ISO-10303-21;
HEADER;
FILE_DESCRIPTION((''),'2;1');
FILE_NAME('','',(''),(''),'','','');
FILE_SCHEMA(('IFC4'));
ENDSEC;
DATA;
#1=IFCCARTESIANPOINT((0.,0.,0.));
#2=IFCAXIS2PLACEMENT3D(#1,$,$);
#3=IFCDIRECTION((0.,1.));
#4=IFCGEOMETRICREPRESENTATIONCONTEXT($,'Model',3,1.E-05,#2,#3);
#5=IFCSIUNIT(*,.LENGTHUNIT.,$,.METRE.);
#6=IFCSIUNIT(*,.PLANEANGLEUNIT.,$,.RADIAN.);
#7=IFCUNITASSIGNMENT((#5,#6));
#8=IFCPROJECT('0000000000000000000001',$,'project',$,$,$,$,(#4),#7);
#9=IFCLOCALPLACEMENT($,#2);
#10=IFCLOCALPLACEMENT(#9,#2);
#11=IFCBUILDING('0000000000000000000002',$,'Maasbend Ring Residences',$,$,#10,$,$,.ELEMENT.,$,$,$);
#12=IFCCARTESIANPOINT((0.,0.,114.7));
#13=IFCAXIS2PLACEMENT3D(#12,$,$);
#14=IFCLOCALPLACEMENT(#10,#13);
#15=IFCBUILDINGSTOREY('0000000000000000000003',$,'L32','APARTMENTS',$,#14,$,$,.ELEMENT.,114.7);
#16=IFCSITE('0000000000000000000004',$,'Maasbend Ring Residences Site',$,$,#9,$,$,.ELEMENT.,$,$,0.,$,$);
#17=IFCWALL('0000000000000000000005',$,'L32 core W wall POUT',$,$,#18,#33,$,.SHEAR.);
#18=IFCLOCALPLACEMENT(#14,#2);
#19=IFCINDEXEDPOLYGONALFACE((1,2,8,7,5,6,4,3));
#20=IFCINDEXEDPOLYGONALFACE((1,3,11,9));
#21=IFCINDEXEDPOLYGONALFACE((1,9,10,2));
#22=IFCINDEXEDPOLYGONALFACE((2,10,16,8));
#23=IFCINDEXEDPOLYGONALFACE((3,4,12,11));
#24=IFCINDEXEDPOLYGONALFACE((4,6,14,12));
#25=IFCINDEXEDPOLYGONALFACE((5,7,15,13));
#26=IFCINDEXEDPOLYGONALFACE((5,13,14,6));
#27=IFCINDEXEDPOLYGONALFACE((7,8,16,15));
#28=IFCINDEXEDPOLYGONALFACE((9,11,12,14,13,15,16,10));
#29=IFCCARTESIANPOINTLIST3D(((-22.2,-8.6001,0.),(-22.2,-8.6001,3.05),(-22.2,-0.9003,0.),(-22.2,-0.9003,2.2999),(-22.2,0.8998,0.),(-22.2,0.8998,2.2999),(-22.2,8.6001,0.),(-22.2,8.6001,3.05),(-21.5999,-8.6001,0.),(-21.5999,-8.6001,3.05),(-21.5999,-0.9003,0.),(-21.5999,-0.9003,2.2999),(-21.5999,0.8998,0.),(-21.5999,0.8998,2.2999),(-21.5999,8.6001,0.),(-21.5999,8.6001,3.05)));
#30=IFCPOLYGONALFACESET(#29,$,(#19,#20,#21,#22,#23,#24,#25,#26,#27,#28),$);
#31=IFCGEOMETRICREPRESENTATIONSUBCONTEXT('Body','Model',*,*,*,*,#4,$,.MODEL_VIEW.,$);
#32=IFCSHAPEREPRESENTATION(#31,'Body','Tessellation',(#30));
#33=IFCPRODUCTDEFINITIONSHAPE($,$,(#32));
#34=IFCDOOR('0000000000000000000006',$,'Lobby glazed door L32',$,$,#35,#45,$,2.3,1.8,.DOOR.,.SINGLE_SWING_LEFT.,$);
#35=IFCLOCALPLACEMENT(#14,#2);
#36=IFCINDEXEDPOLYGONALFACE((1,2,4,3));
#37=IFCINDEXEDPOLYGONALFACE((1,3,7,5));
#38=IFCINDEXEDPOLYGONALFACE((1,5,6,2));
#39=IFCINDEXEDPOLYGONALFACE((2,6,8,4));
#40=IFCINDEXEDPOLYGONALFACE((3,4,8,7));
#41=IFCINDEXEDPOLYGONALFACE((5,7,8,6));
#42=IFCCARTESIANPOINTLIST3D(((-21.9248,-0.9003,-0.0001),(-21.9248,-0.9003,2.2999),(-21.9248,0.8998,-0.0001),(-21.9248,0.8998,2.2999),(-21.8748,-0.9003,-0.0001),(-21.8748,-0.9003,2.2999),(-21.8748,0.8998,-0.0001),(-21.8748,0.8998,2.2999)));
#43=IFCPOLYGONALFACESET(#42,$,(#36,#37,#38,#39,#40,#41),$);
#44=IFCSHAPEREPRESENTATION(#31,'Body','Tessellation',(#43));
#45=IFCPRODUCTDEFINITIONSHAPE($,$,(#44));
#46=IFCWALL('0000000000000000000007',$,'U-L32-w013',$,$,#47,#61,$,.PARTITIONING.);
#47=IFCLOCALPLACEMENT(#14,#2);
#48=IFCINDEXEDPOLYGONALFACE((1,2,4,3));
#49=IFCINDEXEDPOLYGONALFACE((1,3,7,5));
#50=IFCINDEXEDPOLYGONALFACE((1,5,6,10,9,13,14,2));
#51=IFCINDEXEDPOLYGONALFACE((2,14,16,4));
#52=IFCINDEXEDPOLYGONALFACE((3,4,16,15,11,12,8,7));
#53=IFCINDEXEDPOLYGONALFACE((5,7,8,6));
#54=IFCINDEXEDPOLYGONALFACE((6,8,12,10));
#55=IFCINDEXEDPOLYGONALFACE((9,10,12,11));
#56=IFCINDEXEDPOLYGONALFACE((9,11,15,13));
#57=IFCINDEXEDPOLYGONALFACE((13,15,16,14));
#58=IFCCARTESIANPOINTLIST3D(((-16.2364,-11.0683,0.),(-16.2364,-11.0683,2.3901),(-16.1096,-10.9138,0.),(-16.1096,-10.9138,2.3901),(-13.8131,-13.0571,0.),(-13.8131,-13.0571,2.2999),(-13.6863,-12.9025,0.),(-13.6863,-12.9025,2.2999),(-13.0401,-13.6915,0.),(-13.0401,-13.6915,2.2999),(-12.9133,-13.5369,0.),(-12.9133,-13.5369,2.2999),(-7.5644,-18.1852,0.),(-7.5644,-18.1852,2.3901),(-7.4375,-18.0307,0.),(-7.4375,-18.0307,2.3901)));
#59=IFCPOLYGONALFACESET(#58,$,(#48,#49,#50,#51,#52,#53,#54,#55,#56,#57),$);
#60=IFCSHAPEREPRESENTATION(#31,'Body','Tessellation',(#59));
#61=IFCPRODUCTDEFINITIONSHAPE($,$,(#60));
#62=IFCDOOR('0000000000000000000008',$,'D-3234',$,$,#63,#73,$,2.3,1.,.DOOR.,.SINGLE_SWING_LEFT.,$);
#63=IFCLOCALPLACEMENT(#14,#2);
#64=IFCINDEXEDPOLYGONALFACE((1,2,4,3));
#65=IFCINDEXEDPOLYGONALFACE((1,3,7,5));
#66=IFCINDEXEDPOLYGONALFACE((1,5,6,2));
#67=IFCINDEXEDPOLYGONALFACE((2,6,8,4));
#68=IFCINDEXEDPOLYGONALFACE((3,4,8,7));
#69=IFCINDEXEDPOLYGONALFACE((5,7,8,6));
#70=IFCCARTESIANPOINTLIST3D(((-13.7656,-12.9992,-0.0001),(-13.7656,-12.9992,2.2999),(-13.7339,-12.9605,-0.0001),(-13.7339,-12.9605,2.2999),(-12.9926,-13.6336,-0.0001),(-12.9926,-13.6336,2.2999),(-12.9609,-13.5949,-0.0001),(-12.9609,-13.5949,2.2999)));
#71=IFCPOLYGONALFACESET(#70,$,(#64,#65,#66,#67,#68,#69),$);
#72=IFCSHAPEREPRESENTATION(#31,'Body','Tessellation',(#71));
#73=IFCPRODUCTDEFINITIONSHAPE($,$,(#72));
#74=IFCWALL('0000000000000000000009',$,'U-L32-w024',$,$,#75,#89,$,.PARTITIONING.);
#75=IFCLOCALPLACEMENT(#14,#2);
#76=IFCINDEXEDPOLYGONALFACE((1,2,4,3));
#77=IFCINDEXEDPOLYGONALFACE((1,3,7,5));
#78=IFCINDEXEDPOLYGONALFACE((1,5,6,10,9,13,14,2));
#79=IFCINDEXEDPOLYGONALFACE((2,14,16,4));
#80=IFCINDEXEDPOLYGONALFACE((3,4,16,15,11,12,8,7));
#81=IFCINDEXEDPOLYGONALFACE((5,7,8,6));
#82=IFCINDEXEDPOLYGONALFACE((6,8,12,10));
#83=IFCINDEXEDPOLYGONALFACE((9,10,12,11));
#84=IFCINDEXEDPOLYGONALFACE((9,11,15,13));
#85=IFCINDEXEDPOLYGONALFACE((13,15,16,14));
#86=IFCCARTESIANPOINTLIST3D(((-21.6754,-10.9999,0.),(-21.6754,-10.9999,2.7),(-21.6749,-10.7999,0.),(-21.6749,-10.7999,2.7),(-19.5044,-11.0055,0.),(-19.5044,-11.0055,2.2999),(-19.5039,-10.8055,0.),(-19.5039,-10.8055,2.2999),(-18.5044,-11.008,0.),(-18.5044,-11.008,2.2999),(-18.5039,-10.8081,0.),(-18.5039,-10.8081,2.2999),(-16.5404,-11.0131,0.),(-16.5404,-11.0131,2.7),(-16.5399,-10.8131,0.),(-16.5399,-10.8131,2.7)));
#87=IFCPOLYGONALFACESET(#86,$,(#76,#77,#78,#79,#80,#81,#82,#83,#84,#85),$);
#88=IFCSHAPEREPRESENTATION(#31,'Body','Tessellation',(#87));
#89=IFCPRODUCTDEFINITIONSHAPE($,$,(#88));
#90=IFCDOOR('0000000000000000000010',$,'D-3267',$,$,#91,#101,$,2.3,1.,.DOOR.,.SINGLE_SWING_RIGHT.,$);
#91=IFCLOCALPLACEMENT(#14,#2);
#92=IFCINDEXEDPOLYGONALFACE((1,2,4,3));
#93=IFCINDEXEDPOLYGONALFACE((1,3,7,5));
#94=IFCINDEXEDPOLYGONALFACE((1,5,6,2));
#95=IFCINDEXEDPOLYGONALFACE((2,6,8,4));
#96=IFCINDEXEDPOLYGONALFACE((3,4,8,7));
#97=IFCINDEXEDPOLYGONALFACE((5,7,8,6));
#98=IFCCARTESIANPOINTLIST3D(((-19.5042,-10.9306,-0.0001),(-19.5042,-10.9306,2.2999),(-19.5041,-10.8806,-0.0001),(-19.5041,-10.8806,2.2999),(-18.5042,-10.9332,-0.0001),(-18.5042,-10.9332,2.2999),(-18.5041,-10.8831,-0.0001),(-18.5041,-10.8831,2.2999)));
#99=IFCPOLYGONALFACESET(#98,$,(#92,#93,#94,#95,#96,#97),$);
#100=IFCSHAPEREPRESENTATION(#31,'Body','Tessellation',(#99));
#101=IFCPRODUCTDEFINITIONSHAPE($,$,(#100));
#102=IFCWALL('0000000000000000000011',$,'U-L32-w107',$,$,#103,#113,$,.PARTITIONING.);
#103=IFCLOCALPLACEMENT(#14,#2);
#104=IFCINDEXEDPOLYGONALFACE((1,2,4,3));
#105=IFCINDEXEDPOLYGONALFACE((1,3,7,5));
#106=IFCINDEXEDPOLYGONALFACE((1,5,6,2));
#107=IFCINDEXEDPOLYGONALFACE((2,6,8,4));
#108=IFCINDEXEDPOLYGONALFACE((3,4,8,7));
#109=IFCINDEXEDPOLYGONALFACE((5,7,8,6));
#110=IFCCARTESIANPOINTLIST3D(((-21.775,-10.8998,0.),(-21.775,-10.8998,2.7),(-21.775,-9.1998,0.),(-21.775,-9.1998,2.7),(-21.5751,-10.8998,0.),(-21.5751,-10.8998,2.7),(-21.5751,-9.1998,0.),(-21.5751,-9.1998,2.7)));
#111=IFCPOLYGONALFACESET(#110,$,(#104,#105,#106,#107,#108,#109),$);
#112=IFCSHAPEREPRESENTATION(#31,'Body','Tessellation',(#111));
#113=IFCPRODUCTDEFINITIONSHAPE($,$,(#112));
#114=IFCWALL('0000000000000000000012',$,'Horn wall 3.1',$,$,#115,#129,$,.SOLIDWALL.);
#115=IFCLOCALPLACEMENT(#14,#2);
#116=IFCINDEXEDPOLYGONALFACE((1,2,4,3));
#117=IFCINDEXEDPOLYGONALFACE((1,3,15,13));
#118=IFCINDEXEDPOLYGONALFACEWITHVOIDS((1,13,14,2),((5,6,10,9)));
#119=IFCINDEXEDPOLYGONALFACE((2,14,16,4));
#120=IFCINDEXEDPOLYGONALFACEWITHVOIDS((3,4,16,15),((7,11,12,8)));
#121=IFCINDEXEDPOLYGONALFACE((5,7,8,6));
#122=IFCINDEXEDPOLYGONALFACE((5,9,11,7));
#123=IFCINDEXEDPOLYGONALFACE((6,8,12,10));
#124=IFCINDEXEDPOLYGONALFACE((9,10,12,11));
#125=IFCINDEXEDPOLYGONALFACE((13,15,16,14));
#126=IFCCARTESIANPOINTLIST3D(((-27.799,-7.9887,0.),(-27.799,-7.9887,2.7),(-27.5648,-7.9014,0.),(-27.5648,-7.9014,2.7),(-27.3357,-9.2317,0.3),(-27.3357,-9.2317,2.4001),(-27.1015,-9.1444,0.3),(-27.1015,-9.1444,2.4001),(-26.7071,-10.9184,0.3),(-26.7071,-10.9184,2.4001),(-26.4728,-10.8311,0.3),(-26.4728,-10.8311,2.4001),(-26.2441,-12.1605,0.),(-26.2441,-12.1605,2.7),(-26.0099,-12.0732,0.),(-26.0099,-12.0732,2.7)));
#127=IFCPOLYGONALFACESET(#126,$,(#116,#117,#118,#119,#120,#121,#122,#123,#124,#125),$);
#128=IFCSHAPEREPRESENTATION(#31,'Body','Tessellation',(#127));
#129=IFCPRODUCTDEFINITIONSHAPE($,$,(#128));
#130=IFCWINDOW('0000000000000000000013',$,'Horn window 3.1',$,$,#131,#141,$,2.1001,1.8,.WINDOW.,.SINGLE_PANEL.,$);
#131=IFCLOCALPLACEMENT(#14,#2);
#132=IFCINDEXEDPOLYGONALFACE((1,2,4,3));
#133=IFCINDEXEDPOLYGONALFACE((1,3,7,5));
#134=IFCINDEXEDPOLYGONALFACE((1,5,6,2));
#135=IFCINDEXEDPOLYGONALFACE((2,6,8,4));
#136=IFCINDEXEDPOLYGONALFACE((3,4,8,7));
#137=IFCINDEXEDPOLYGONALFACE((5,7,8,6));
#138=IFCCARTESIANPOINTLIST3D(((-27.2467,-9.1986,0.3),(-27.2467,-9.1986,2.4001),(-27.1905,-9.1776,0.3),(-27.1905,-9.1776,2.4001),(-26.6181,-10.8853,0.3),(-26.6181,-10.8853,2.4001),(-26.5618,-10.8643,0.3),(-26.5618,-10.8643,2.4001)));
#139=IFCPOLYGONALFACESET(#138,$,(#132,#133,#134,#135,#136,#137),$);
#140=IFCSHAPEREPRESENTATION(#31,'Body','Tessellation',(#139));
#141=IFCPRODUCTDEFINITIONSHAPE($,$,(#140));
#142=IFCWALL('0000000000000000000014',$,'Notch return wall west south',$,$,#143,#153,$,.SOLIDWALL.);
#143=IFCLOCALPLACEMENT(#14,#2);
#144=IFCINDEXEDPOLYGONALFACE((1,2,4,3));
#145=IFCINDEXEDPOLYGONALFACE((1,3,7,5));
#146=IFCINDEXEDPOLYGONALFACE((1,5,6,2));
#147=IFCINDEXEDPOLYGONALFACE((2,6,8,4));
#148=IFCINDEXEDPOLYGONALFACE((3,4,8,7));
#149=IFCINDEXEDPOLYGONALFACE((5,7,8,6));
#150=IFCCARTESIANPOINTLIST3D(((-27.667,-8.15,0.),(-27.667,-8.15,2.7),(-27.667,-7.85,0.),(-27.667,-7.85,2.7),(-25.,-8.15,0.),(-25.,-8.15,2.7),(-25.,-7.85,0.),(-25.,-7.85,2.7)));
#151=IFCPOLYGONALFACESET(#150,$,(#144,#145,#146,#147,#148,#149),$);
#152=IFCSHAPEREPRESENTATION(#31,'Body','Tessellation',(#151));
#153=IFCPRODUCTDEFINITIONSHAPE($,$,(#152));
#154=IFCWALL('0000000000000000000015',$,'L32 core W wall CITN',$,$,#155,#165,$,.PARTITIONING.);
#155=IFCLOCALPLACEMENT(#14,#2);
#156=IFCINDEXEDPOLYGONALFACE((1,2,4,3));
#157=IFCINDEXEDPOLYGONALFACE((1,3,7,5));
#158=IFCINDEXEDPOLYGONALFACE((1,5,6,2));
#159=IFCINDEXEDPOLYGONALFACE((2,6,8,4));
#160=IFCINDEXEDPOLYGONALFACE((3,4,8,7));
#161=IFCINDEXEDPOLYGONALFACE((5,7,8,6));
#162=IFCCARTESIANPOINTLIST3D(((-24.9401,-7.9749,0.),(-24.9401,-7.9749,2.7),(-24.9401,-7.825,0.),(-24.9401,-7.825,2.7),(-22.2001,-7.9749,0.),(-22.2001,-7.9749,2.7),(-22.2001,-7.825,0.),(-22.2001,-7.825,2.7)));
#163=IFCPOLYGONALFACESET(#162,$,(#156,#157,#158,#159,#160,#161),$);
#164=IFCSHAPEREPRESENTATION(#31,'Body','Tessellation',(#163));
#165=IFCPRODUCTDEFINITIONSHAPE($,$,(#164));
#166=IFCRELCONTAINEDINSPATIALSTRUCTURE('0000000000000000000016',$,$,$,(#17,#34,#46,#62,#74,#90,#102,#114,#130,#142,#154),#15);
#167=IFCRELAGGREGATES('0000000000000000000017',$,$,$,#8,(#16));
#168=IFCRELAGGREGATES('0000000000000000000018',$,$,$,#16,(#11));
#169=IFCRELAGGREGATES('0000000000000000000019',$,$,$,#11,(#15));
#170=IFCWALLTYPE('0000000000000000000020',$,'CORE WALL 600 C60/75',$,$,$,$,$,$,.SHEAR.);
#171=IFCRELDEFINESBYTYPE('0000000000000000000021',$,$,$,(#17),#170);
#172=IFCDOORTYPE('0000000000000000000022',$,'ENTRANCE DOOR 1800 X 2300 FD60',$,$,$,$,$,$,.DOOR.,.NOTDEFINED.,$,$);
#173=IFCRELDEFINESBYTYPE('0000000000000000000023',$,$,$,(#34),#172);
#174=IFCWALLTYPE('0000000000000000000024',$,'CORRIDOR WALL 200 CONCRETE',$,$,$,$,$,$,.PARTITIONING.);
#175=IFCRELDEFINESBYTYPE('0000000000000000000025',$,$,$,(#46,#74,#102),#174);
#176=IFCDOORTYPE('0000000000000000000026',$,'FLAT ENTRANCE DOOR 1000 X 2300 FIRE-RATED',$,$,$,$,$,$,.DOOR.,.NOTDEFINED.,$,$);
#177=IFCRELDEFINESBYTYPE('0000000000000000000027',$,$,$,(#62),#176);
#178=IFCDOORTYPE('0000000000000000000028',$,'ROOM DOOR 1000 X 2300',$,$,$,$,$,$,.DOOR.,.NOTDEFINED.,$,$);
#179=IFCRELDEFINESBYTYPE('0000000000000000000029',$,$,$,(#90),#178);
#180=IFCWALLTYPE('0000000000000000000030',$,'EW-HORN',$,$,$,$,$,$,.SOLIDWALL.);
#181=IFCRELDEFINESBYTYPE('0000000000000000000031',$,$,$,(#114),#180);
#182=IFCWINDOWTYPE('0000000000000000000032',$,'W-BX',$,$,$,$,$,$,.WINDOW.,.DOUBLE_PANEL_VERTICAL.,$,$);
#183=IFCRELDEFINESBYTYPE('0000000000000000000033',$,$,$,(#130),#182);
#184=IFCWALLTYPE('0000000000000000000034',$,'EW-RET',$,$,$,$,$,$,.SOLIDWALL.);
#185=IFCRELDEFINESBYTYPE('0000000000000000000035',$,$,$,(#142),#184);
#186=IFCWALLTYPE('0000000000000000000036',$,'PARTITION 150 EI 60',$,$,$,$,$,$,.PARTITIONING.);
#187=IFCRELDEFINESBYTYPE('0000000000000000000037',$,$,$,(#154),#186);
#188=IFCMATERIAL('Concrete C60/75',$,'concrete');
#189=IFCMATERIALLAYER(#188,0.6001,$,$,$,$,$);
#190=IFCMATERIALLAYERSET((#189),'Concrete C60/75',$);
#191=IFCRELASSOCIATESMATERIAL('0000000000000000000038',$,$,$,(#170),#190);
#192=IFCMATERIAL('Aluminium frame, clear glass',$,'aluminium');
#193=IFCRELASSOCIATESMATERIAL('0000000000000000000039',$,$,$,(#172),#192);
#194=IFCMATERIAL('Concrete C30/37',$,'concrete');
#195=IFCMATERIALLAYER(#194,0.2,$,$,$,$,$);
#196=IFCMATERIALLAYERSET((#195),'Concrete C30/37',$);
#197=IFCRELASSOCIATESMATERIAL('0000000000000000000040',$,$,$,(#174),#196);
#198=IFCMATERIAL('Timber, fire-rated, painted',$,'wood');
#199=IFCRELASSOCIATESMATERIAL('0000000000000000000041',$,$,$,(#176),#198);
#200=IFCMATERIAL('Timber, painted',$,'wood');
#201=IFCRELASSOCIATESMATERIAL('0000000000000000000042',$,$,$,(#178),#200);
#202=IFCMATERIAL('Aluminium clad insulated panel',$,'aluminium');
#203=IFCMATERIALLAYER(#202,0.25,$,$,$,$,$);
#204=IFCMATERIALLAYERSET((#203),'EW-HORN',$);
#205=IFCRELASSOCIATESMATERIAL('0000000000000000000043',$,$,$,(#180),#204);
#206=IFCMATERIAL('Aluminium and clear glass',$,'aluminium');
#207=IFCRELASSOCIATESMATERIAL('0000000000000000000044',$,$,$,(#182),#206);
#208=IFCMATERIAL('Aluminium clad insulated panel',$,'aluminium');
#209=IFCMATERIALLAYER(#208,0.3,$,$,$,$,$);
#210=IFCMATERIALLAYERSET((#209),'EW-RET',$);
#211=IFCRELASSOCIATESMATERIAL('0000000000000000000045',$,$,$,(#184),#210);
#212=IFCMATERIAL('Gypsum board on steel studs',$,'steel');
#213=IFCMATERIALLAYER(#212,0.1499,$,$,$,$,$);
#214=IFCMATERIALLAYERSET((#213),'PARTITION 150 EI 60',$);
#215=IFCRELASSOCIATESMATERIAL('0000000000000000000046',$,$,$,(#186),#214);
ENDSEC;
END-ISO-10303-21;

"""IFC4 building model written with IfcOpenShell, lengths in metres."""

from ifc_helpers import new_model, si_unit, direction, frame, frame_2d, origin, place, context, subcontext, project, spatial, rectangle, extrude, material, layer, layer_set, type_object, element, fill, save


model = new_model("IFC4")

# Units and contexts
model_context = context("Model", 3, precision=1e-05, world=origin(), true_north=direction((0.0, 1.0)))
body_context = subcontext(model_context, "Body", "Model", "MODEL_VIEW")
ifc_project = project(units=[si_unit("LENGTHUNIT", "METRE"), si_unit("PLANEANGLEUNIT", "RADIAN")], contexts=[model_context])

# Site, building, storey
site_placement = place(None, origin())
site = spatial("IfcSite", under=ifc_project, at=site_placement, Name="Maasbend Ring Residences Site", CompositionType="ELEMENT", RefElevation=0.0)
building_placement = place(site_placement, origin())
building = spatial("IfcBuilding", under=site, at=building_placement, Name="Maasbend Ring Residences", CompositionType="ELEMENT")
storey_placement = place(building_placement, frame((0.0, 0.0, 114.7)))
storey = spatial("IfcBuildingStorey", under=building, at=storey_placement, Name="L32", Description="APARTMENTS", CompositionType="ELEMENT", Elevation=114.7)

# Walls, openings, doors
ifc_material_1 = material(Name="Concrete C60/75", Category="concrete")
ifc_layer_1 = layer(ifc_material_1, 0.6001)
ifc_layer_set_1 = layer_set([ifc_layer_1], Name="Concrete C60/75")
wall_type_1 = type_object("IfcWallType", Name="CORE WALL 600 C60/75", PredefinedType="SHEAR", material=ifc_layer_set_1)
wall_1_placement = place(storey_placement, frame((-21.8999, -8.6001, 0.0), z_axis=(0.0, 0.0, 1.0), x_axis=(0.0, 1.0, 0.0)))
wall_1 = element("IfcWall", 1, at=wall_1_placement, inside=storey, type_object=wall_type_1, Name="L32 core W wall POUT", PredefinedType="SHEAR", context=body_context, shape_type="SweptSolid", body=[
    extrude(rectangle(XDim=17.2002, YDim=0.6001, at=frame_2d((8.6001, 0.0))), origin(), (0.0, 0.0, 1.0), 3.05),
])
opening_1_placement = place(wall_1_placement, frame((7.7, 0.0, 0.0)))
opening_1 = element("IfcOpeningElement", 2, at=opening_1_placement, cuts=wall_1, PredefinedType="OPENING", context=body_context, shape_type="SweptSolid", body=[
    extrude(rectangle(XDim=1.8, YDim=2.3, at=frame_2d((0.8999, 1.1499))), frame((0.0, 0.3101, 0.0), z_axis=(0.0, -1.0, 0.0), x_axis=(1.0, 0.0, 0.0)), (0.0, 0.0, 1.0), 0.6201),
])
ifc_material_2 = material(Name="Aluminium frame, clear glass", Category="aluminium")
door_type_1 = type_object("IfcDoorType", Name="ENTRANCE DOOR 1800 X 2300 FD60", OperationType="NOTDEFINED", PredefinedType="DOOR", material=ifc_material_2)
door_1_placement = place(opening_1_placement, origin())
door_1 = element("IfcDoor", 3, at=door_1_placement, inside=storey, type_object=door_type_1, Name="Lobby glazed door L32", OperationType="SINGLE_SWING_LEFT", OverallHeight=2.3, OverallWidth=1.8, PredefinedType="DOOR", context=body_context, shape_type="SweptSolid", body=[
    extrude(rectangle(XDim=1.8, YDim=2.3, at=frame_2d((0.8999, 1.1499))), frame((0.0, 0.0249, 0.0), z_axis=(0.0, -1.0, 0.0), x_axis=(1.0, 0.0, 0.0)), (0.0, 0.0, 1.0), 0.05),
])
fill(opening_1, door_1)
ifc_material_3 = material(Name="Concrete C30/37", Category="concrete")
ifc_layer_2 = layer(ifc_material_3, 0.2)
ifc_layer_set_2 = layer_set([ifc_layer_2], Name="Concrete C30/37")
wall_type_2 = type_object("IfcWallType", Name="CORRIDOR WALL 200 CONCRETE", PredefinedType="PARTITIONING", material=ifc_layer_set_2)
wall_2_placement = place(storey_placement, frame((-16.1731, -10.991, 0.0), z_axis=(0.0, 0.0, 1.0), x_axis=(0.773014, -0.634389, 0.0)))
wall_2 = element("IfcWall", 4, at=wall_2_placement, inside=storey, type_object=wall_type_2, Name="U-L32-w013", PredefinedType="PARTITIONING", context=body_context, shape_type="SweptSolid", body=[
    extrude(rectangle(XDim=11.2185, YDim=0.2, at=frame_2d((5.6094, 0.0))), origin(), (0.0, 0.0, 1.0), 2.3901),
])
opening_2_placement = place(wall_2_placement, frame((3.135, 0.0, 0.0)))
opening_2 = element("IfcOpeningElement", 5, at=opening_2_placement, cuts=wall_2, PredefinedType="OPENING", context=body_context, shape_type="SweptSolid", body=[
    extrude(rectangle(XDim=1.0, YDim=2.3, at=frame_2d((0.5, 1.1499))), frame((0.0, 0.1099, 0.0), z_axis=(0.0, -1.0, 0.0), x_axis=(1.0, 0.0, 0.0)), (0.0, 0.0, 1.0), 0.22),
])
ifc_material_4 = material(Name="Timber, fire-rated, painted", Category="wood")
door_type_2 = type_object("IfcDoorType", Name="FLAT ENTRANCE DOOR 1000 X 2300 FIRE-RATED", OperationType="NOTDEFINED", PredefinedType="DOOR", material=ifc_material_4)
door_2_placement = place(opening_2_placement, origin())
door_2 = element("IfcDoor", 6, at=door_2_placement, inside=storey, type_object=door_type_2, Name="D-3234", OperationType="SINGLE_SWING_LEFT", OverallHeight=2.3, OverallWidth=1.0, PredefinedType="DOOR", context=body_context, shape_type="SweptSolid", body=[
    extrude(rectangle(XDim=1.0, YDim=2.3, at=frame_2d((0.5, 1.1499))), frame((0.0, 0.0249, 0.0), z_axis=(0.0, -1.0, 0.0), x_axis=(1.0, 0.0, 0.0)), (0.0, 0.0, 1.0), 0.05),
])
fill(opening_2, door_2)
wall_3_placement = place(storey_placement, frame((-21.675, -10.8999, 0.0), z_axis=(0.0, 0.0, 1.0), x_axis=(0.999997, -0.002567, 0.0)))
wall_3 = element("IfcWall", 7, at=wall_3_placement, inside=storey, type_object=wall_type_2, Name="U-L32-w024", PredefinedType="PARTITIONING", context=body_context, shape_type="SweptSolid", body=[
    extrude(rectangle(XDim=5.135, YDim=0.2, at=frame_2d((2.5674, 0.0))), origin(), (0.0, 0.0, 1.0), 2.7),
])
opening_3_placement = place(wall_3_placement, frame((2.1709, 0.0, 0.0)))
opening_3 = element("IfcOpeningElement", 8, at=opening_3_placement, cuts=wall_3, PredefinedType="OPENING", context=body_context, shape_type="SweptSolid", body=[
    extrude(rectangle(XDim=1.0, YDim=2.3, at=frame_2d((0.5, 1.1499))), frame((0.0, 0.1099, 0.0), z_axis=(0.0, -1.0, 0.0), x_axis=(1.0, 0.0, 0.0)), (0.0, 0.0, 1.0), 0.22),
])
ifc_material_5 = material(Name="Timber, painted", Category="wood")
door_type_3 = type_object("IfcDoorType", Name="ROOM DOOR 1000 X 2300", OperationType="NOTDEFINED", PredefinedType="DOOR", material=ifc_material_5)
door_3_placement = place(opening_3_placement, origin())
door_3 = element("IfcDoor", 9, at=door_3_placement, inside=storey, type_object=door_type_3, Name="D-3267", OperationType="SINGLE_SWING_RIGHT", OverallHeight=2.3, OverallWidth=1.0, PredefinedType="DOOR", context=body_context, shape_type="SweptSolid", body=[
    extrude(rectangle(XDim=1.0, YDim=2.3, at=frame_2d((0.5, 1.1499))), frame((0.0, 0.0249, 0.0), z_axis=(0.0, -1.0, 0.0), x_axis=(1.0, 0.0, 0.0)), (0.0, 0.0, 1.0), 0.05),
])
fill(opening_3, door_3)

# Wall
wall_4_placement = place(storey_placement, frame((-21.675, -10.8999, 0.0), z_axis=(0.0, 0.0, 1.0), x_axis=(0.0, 1.0, 0.0)))
element("IfcWall", 10, at=wall_4_placement, inside=storey, type_object=wall_type_2, Name="U-L32-w107", PredefinedType="PARTITIONING", context=body_context, shape_type="SweptSolid", body=[
    extrude(rectangle(XDim=1.7, YDim=0.2, at=frame_2d((0.8501, 0.0))), origin(), (0.0, 0.0, 1.0), 2.7),
])

# Wall, opening, window
ifc_material_6 = material(Name="Aluminium clad insulated panel", Category="aluminium")
ifc_layer_3 = layer(ifc_material_6, 0.25)
ifc_layer_set_3 = layer_set([ifc_layer_3], Name="EW-HORN")
wall_type_3 = type_object("IfcWallType", Name="EW-HORN", PredefinedType="SOLIDWALL", material=ifc_layer_set_3)
wall_5_placement = place(storey_placement, frame((-27.6819, -7.9451, 0.0), z_axis=(0.0, 0.0, 1.0), x_axis=(0.349248, -0.93703, 0.0)))
wall_5 = element("IfcWall", 11, at=wall_5_placement, inside=storey, type_object=wall_type_3, Name="Horn wall 3.1", PredefinedType="SOLIDWALL", context=body_context, shape_type="SweptSolid", body=[
    extrude(rectangle(XDim=4.4521, YDim=0.25, at=frame_2d((2.2261, 0.0))), origin(), (0.0, 0.0, 1.0), 2.7),
])
opening_4_placement = place(wall_5_placement, frame((1.3267, 0.0, 0.3)))
opening_4 = element("IfcOpeningElement", 12, at=opening_4_placement, cuts=wall_5, PredefinedType="OPENING", context=body_context, shape_type="SweptSolid", body=[
    extrude(rectangle(XDim=1.8, YDim=2.1001, at=frame_2d((0.8999, 1.05))), frame((0.0, 0.135, 0.0), z_axis=(0.0, -1.0, 0.0), x_axis=(1.0, 0.0, 0.0)), (0.0, 0.0, 1.0), 0.27),
])
ifc_material_7 = material(Name="Aluminium and clear glass", Category="aluminium")
window_type = type_object("IfcWindowType", Name="W-BX", PartitioningType="DOUBLE_PANEL_VERTICAL", PredefinedType="WINDOW", material=ifc_material_7)
window_placement = place(opening_4_placement, origin())
window = element("IfcWindow", 13, at=window_placement, inside=storey, type_object=window_type, Name="Horn window 3.1", OverallHeight=2.1001, OverallWidth=1.8, PartitioningType="SINGLE_PANEL", PredefinedType="WINDOW", context=body_context, shape_type="SweptSolid", body=[
    extrude(rectangle(XDim=1.8, YDim=2.1001, at=frame_2d((0.8999, 1.05))), frame((0.0, 0.03, 0.0), z_axis=(0.0, -1.0, 0.0), x_axis=(1.0, 0.0, 0.0)), (0.0, 0.0, 1.0), 0.0601),
])
fill(opening_4, window)

# Walls
ifc_material_8 = material(Name="Aluminium clad insulated panel", Category="aluminium")
ifc_layer_4 = layer(ifc_material_8, 0.3)
ifc_layer_set_4 = layer_set([ifc_layer_4], Name="EW-RET")
wall_type_4 = type_object("IfcWallType", Name="EW-RET", PredefinedType="SOLIDWALL", material=ifc_layer_set_4)
wall_6_placement = place(storey_placement, frame((-25.0, -8.0, 0.0), z_axis=(0.0, 0.0, 1.0), x_axis=(-1.0, 0.0, 0.0)))
element("IfcWall", 14, at=wall_6_placement, inside=storey, type_object=wall_type_4, Name="Notch return wall west south", PredefinedType="SOLIDWALL", context=body_context, shape_type="SweptSolid", body=[
    extrude(rectangle(XDim=2.667, YDim=0.3, at=frame_2d((1.3335, 0.0))), origin(), (0.0, 0.0, 1.0), 2.7),
])
ifc_material_9 = material(Name="Gypsum board on steel studs", Category="steel")
ifc_layer_5 = layer(ifc_material_9, 0.1499)
ifc_layer_set_5 = layer_set([ifc_layer_5], Name="PARTITION 150 EI 60")
wall_type_5 = type_object("IfcWallType", Name="PARTITION 150 EI 60", PredefinedType="PARTITIONING", material=ifc_layer_set_5)
wall_7_placement = place(storey_placement, frame((-22.2, -7.8999, 0.0), z_axis=(0.0, 0.0, 1.0), x_axis=(-1.0, 0.0, 0.0)))
element("IfcWall", 15, at=wall_7_placement, inside=storey, type_object=wall_type_5, Name="L32 core W wall CITN", PredefinedType="PARTITIONING", context=body_context, shape_type="SweptSolid", body=[
    extrude(rectangle(XDim=2.74, YDim=0.1499, at=frame_2d((1.3701, 0.0))), origin(), (0.0, 0.0, 1.0), 2.7),
])

save(model, "model.ifc")
